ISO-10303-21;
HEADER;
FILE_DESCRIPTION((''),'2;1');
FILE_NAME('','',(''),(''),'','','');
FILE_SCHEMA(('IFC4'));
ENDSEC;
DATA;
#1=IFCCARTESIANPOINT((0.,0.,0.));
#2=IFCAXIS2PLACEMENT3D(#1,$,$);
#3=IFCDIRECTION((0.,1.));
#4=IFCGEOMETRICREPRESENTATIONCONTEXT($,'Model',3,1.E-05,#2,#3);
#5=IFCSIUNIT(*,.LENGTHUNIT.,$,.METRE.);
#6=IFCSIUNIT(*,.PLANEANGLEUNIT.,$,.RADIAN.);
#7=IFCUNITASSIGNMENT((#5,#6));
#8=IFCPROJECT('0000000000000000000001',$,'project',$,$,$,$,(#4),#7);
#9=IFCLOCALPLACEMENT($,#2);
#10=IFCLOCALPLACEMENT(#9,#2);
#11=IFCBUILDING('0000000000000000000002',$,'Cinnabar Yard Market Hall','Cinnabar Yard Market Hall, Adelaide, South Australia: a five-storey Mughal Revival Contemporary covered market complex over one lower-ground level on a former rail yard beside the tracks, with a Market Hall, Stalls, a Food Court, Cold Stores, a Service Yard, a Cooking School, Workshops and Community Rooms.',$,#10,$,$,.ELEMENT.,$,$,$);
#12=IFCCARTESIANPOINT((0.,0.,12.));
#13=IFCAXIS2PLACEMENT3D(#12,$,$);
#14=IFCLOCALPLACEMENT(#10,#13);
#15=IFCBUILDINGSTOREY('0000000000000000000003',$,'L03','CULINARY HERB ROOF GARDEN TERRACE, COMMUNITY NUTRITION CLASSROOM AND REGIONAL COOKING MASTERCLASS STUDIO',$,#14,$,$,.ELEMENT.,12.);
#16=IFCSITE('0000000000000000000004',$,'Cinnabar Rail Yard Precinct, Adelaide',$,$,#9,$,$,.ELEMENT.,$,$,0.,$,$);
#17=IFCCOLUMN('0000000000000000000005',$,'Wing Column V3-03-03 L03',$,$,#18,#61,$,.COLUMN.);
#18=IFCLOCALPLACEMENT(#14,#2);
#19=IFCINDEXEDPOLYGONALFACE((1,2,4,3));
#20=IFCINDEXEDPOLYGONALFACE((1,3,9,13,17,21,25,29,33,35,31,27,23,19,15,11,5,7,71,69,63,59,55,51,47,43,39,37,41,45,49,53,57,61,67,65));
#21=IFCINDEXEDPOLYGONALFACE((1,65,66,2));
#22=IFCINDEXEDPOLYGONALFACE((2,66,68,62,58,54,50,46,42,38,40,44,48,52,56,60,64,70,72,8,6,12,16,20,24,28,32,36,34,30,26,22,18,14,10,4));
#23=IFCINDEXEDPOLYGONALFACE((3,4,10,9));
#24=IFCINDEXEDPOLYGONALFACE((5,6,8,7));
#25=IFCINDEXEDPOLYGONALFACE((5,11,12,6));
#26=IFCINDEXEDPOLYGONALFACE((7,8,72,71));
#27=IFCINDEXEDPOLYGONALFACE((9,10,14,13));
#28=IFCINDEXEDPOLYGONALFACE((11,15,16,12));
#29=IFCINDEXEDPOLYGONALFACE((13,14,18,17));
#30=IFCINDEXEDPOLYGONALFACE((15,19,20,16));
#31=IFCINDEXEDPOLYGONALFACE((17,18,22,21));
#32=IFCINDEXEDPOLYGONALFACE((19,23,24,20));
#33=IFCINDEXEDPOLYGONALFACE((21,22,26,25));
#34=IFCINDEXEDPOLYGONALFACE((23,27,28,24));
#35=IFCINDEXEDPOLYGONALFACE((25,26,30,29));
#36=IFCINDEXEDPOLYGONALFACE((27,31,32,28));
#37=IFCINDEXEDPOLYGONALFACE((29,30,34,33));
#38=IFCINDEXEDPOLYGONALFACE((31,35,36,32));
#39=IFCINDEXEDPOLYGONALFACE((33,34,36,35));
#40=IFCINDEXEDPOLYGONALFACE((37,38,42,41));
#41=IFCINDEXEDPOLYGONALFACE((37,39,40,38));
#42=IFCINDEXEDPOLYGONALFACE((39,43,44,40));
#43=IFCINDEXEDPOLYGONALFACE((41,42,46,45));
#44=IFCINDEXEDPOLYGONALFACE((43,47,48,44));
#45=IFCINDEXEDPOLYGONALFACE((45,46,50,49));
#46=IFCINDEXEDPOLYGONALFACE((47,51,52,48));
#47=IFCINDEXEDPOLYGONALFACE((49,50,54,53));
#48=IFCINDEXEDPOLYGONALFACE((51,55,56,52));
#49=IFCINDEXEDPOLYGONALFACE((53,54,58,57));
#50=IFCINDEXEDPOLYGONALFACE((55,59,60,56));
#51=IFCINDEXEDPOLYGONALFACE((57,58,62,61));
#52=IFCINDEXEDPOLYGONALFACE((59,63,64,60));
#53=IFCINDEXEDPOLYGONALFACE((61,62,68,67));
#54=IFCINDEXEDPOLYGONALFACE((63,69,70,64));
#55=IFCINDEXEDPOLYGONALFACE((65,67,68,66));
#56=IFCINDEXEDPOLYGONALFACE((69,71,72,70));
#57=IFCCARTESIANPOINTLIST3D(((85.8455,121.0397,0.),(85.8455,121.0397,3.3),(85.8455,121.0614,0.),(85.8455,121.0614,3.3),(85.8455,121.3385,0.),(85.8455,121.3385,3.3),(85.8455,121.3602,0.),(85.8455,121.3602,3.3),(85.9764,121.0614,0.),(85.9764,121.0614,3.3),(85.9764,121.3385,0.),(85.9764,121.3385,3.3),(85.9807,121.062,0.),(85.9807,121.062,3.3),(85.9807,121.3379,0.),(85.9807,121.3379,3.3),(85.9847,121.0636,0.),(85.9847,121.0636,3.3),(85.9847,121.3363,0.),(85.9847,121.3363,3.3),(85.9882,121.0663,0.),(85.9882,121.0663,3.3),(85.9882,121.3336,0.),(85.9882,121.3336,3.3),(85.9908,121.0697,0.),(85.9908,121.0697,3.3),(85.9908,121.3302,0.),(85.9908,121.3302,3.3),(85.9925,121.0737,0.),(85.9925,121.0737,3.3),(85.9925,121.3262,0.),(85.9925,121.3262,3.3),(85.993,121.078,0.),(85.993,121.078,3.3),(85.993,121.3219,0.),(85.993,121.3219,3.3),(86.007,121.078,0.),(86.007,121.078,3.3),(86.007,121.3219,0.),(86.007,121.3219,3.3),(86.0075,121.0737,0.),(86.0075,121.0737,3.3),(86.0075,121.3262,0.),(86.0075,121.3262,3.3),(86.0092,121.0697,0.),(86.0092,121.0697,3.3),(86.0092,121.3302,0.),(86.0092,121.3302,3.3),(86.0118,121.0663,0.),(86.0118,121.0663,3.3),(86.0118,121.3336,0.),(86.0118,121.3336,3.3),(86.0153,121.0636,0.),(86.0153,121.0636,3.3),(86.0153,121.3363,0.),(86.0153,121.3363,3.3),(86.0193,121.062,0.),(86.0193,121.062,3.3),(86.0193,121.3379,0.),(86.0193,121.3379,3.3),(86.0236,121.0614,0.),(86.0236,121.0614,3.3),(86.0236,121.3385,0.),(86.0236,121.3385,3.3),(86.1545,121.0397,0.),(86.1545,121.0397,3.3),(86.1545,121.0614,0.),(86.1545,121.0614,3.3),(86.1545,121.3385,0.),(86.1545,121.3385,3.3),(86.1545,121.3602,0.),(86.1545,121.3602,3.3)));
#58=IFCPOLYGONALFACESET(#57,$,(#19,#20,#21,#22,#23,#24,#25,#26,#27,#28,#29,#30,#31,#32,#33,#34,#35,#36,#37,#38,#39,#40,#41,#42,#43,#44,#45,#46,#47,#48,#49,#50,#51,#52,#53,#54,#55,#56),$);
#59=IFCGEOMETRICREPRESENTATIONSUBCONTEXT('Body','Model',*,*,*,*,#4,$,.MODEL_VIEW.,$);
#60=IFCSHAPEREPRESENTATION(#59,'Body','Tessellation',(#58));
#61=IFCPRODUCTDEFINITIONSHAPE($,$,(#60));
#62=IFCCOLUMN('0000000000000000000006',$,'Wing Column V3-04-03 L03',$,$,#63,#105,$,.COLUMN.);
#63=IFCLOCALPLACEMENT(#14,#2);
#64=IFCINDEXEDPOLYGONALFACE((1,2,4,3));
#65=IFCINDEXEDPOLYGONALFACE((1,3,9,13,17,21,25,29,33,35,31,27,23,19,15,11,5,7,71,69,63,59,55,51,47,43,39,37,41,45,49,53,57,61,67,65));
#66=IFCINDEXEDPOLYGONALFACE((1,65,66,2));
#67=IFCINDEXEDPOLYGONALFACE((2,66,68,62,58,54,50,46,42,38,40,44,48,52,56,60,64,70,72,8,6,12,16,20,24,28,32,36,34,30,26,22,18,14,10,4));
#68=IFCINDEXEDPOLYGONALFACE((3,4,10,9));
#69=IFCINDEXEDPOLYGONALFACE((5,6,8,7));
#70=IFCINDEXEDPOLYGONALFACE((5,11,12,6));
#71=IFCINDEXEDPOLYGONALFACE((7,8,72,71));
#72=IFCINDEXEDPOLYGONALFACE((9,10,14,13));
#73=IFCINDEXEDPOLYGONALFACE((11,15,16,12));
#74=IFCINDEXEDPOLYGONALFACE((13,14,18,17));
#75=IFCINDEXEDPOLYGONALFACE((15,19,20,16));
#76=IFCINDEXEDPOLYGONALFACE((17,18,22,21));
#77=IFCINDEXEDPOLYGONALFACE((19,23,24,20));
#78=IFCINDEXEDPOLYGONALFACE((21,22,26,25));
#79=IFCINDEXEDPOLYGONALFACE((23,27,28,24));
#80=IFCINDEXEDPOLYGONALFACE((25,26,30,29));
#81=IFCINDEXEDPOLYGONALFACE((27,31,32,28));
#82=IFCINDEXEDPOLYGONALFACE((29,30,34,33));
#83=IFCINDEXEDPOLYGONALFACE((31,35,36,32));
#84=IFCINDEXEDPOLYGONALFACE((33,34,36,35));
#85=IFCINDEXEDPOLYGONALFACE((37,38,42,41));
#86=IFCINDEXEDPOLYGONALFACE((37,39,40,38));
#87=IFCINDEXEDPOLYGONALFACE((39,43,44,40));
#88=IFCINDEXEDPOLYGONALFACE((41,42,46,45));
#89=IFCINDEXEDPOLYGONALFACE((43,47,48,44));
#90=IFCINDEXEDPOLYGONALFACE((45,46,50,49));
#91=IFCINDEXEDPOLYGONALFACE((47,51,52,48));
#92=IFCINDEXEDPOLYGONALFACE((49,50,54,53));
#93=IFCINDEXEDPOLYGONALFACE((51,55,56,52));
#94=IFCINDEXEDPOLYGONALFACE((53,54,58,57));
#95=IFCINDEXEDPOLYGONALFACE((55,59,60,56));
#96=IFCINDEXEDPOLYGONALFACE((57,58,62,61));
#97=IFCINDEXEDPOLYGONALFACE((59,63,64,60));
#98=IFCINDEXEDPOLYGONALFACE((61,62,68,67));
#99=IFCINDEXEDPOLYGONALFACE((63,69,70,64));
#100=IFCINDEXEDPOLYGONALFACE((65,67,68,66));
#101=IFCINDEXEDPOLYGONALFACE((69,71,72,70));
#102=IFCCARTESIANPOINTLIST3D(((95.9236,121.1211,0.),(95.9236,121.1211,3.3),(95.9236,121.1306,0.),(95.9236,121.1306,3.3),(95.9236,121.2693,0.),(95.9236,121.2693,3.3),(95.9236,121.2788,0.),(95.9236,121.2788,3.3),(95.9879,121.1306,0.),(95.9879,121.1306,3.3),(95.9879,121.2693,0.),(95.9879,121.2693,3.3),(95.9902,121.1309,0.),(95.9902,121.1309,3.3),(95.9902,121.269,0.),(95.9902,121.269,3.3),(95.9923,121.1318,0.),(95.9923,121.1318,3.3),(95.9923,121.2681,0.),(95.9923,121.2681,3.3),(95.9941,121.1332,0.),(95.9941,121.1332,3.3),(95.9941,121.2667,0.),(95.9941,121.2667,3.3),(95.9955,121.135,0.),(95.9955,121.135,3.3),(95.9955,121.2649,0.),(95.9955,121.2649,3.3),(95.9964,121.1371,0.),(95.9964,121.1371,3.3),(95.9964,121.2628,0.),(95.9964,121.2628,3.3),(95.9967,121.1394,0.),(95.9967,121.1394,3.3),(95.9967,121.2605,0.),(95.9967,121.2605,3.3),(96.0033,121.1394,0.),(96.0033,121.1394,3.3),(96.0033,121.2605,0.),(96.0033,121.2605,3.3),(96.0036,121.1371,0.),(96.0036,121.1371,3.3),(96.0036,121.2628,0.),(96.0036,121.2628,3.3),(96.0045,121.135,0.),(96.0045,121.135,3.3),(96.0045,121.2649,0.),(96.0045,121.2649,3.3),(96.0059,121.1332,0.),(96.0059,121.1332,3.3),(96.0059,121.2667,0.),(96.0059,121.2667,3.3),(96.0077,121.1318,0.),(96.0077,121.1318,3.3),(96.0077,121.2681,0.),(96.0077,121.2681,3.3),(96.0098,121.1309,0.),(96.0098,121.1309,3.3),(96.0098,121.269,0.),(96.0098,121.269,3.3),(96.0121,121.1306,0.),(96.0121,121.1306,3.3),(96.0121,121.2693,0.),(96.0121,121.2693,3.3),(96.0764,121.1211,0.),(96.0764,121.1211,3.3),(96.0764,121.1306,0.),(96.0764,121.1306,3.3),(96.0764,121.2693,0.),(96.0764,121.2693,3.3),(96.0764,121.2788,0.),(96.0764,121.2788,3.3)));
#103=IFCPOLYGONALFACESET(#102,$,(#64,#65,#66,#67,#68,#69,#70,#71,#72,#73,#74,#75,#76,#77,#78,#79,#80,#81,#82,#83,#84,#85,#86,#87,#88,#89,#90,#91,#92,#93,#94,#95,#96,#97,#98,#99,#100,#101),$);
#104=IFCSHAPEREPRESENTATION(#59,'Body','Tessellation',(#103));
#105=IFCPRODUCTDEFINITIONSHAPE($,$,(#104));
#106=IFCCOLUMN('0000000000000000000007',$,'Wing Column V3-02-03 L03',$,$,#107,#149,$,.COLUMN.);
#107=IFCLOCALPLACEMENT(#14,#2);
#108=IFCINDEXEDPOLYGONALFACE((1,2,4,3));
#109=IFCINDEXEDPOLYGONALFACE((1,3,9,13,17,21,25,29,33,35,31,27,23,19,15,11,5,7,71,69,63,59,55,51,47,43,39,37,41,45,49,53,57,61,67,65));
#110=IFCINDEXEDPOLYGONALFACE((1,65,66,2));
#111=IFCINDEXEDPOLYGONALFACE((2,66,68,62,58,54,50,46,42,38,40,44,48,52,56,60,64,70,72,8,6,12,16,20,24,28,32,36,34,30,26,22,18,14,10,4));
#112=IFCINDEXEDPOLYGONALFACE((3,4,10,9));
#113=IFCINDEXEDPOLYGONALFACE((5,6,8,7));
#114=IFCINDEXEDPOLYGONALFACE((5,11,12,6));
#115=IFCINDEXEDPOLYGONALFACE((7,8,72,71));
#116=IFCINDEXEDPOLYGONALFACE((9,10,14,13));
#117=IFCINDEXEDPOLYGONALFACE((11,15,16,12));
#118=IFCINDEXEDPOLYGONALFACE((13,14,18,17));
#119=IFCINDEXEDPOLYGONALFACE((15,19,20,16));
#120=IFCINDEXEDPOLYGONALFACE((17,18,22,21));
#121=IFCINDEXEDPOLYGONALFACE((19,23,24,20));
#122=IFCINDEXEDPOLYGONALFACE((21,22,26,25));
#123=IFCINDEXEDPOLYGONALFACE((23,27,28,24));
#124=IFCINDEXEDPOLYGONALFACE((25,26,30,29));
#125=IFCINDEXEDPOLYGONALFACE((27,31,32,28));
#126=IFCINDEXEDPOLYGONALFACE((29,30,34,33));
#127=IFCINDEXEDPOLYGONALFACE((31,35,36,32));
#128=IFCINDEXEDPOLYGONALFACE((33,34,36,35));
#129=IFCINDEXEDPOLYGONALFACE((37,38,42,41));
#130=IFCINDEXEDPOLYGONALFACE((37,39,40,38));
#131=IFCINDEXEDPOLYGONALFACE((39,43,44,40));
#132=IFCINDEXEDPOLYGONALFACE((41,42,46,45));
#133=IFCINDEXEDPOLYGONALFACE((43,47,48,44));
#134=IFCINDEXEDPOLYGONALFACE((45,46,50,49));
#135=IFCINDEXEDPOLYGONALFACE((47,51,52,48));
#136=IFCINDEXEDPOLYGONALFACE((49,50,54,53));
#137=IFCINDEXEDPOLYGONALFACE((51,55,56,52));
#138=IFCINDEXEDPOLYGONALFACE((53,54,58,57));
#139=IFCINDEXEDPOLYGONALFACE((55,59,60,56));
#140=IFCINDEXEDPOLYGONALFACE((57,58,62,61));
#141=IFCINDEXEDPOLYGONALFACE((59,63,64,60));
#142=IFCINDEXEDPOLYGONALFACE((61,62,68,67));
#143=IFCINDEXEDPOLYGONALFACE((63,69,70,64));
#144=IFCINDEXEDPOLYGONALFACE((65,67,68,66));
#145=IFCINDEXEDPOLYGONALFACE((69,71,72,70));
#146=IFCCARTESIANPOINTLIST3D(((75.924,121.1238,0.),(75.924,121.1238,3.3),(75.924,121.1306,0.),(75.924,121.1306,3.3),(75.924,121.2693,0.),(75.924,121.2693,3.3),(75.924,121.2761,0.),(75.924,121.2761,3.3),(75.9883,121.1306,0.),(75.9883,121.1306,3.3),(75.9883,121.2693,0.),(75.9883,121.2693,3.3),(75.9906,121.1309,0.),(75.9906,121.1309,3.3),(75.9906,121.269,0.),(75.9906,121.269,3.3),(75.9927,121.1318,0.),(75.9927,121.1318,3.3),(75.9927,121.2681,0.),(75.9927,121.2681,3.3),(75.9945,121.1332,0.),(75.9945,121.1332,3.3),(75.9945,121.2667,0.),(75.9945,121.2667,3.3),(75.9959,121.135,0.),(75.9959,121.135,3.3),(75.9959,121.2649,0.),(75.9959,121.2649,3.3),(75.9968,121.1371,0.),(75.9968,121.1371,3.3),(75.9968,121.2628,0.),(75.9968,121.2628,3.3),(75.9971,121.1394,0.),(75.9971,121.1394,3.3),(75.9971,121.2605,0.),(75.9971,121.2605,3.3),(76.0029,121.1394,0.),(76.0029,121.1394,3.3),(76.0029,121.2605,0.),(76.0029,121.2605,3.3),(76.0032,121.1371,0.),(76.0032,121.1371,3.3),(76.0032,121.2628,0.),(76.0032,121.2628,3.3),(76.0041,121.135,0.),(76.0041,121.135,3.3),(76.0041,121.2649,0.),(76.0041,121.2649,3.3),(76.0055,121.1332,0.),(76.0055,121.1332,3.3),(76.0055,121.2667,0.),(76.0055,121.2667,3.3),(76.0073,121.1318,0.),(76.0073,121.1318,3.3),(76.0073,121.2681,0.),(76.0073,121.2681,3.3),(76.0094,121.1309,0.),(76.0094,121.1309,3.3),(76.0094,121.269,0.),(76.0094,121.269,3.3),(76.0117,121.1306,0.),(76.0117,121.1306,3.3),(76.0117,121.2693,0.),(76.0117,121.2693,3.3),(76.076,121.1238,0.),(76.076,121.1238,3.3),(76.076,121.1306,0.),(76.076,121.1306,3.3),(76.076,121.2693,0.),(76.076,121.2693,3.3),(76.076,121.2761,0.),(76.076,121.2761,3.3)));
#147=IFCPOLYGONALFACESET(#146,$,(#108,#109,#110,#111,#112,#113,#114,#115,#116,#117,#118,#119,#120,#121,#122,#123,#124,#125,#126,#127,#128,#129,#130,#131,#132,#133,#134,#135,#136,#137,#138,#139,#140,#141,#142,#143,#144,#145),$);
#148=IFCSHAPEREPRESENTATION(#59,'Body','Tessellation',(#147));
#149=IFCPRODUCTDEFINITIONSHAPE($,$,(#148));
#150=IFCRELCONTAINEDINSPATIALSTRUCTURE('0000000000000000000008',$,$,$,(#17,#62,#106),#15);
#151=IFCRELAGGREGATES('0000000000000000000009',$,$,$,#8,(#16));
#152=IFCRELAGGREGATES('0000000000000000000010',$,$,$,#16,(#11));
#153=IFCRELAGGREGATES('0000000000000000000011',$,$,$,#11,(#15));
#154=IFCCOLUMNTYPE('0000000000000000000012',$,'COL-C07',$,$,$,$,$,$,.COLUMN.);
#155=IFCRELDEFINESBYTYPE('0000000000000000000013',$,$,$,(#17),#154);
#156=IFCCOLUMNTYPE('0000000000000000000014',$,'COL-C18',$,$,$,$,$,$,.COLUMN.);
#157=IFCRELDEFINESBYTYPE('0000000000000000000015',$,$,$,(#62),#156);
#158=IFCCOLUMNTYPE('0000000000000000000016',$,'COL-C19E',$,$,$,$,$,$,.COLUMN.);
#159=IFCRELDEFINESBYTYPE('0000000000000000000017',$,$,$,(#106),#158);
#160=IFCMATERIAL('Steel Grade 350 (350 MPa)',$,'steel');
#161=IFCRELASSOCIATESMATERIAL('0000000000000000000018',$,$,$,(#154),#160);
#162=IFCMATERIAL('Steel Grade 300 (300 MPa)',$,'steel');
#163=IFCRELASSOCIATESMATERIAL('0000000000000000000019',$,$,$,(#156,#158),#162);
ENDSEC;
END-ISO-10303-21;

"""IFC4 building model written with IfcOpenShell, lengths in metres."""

from ifc_helpers import new_model, si_unit, direction, frame, origin, origin_2d_with_axis, place, context, subcontext, project, spatial, i_section, extrude, material, material_profile, profile_set, type_object, element, save


model = new_model("IFC4")

# Units and contexts
model_context = context("Model", 3, precision=1e-05, world=origin(), true_north=direction((0.0, 1.0)))
body_context = subcontext(model_context, "Body", "Model", "MODEL_VIEW")
ifc_project = project(units=[si_unit("LENGTHUNIT", "METRE"), si_unit("PLANEANGLEUNIT", "RADIAN")], contexts=[model_context])

# Site, building, storey
site_placement = place(None, origin())
site = spatial("IfcSite", under=ifc_project, at=site_placement, Name="Cinnabar Rail Yard Precinct, Adelaide", CompositionType="ELEMENT", RefElevation=0.0)
building_placement = place(site_placement, origin())
building = spatial("IfcBuilding", under=site, at=building_placement, Name="Cinnabar Yard Market Hall", Description="Cinnabar Yard Market Hall, Adelaide, South Australia: a five-storey Mughal Revival Contemporary covered market complex over one lower-ground level on a former rail yard beside the tracks, with a Market Hall, Stalls, a Food Court, Cold Stores, a Service Yard, a Cooking School, Workshops and Community Rooms.", CompositionType="ELEMENT")
storey_placement = place(building_placement, frame((0.0, 0.0, 12.0)))
storey = spatial("IfcBuildingStorey", under=building, at=storey_placement, Name="L03", Description="CULINARY HERB ROOF GARDEN TERRACE, COMMUNITY NUTRITION CLASSROOM AND REGIONAL COOKING MASTERCLASS STUDIO", CompositionType="ELEMENT", Elevation=12.0)

# Columns
ifc_material_1 = material(Name="Steel Grade 350 (350 MPa)", Category="steel")
ifc_material_profile_1 = material_profile(ifc_material_1, i_section(OverallWidth=0.3091, OverallDepth=0.3206, WebThickness=0.0139, FlangeThickness=0.0217, FilletRadius=0.0166, at=origin_2d_with_axis()), Name="310UC137")
ifc_profile_set_1 = profile_set([ifc_material_profile_1], Name="Steel Grade 350 (350 MPa)")
column_type_1 = type_object("IfcColumnType", Name="COL-C07", PredefinedType="COLUMN", material=ifc_profile_set_1)
column_1_placement = place(storey_placement, frame((86.0, 121.2, 0.0), z_axis=(0.0, 0.0, 1.0), x_axis=(1.0, 0.0, 0.0)))
element("IfcColumn", 1, at=column_1_placement, inside=storey, type_object=column_type_1, Name="Wing Column V3-03-03 L03", PredefinedType="COLUMN", context=body_context, shape_type="SweptSolid", body=[
    extrude(i_section(OverallWidth=0.3091, OverallDepth=0.3206, WebThickness=0.0139, FlangeThickness=0.0217, FilletRadius=0.0166, at=origin_2d_with_axis()), origin(), (0.0, 0.0, 1.0), 3.3),
])
ifc_material_2 = material(Name="Steel Grade 300 (300 MPa)", Category="steel")
ifc_material_profile_2 = material_profile(ifc_material_2, i_section(OverallWidth=0.1528, OverallDepth=0.1577, WebThickness=0.0066, FlangeThickness=0.0095, FilletRadius=0.0088, at=origin_2d_with_axis()), Name="150UC30.0")
ifc_profile_set_2 = profile_set([ifc_material_profile_2], Name="Steel Grade 300 (300 MPa)")
column_type_2 = type_object("IfcColumnType", Name="COL-C18", PredefinedType="COLUMN", material=ifc_profile_set_2)
column_2_placement = place(storey_placement, frame((96.0, 121.2, 0.0), z_axis=(0.0, 0.0, 1.0), x_axis=(1.0, 0.0, 0.0)))
element("IfcColumn", 2, at=column_2_placement, inside=storey, type_object=column_type_2, Name="Wing Column V3-04-03 L03", PredefinedType="COLUMN", context=body_context, shape_type="SweptSolid", body=[
    extrude(i_section(OverallWidth=0.1528, OverallDepth=0.1577, WebThickness=0.0066, FlangeThickness=0.0095, FilletRadius=0.0088, at=origin_2d_with_axis()), origin(), (0.0, 0.0, 1.0), 3.3),
])
ifc_material_profile_3 = material_profile(ifc_material_2, i_section(OverallWidth=0.1521, OverallDepth=0.1523, WebThickness=0.0059, FlangeThickness=0.0068, FilletRadius=0.0088, at=origin_2d_with_axis()), Name="150UC23.4")
ifc_profile_set_3 = profile_set([ifc_material_profile_3], Name="Steel Grade 300 (300 MPa)")
column_type_3 = type_object("IfcColumnType", Name="COL-C19E", PredefinedType="COLUMN", material=ifc_profile_set_3)
column_3_placement = place(storey_placement, frame((76.0, 121.2, 0.0), z_axis=(0.0, 0.0, 1.0), x_axis=(1.0, 0.0, 0.0)))
element("IfcColumn", 3, at=column_3_placement, inside=storey, type_object=column_type_3, Name="Wing Column V3-02-03 L03", PredefinedType="COLUMN", context=body_context, shape_type="SweptSolid", body=[
    extrude(i_section(OverallWidth=0.1521, OverallDepth=0.1523, WebThickness=0.0059, FlangeThickness=0.0068, FilletRadius=0.0088, at=origin_2d_with_axis()), origin(), (0.0, 0.0, 1.0), 3.3),
])

save(model, "model.ifc")
